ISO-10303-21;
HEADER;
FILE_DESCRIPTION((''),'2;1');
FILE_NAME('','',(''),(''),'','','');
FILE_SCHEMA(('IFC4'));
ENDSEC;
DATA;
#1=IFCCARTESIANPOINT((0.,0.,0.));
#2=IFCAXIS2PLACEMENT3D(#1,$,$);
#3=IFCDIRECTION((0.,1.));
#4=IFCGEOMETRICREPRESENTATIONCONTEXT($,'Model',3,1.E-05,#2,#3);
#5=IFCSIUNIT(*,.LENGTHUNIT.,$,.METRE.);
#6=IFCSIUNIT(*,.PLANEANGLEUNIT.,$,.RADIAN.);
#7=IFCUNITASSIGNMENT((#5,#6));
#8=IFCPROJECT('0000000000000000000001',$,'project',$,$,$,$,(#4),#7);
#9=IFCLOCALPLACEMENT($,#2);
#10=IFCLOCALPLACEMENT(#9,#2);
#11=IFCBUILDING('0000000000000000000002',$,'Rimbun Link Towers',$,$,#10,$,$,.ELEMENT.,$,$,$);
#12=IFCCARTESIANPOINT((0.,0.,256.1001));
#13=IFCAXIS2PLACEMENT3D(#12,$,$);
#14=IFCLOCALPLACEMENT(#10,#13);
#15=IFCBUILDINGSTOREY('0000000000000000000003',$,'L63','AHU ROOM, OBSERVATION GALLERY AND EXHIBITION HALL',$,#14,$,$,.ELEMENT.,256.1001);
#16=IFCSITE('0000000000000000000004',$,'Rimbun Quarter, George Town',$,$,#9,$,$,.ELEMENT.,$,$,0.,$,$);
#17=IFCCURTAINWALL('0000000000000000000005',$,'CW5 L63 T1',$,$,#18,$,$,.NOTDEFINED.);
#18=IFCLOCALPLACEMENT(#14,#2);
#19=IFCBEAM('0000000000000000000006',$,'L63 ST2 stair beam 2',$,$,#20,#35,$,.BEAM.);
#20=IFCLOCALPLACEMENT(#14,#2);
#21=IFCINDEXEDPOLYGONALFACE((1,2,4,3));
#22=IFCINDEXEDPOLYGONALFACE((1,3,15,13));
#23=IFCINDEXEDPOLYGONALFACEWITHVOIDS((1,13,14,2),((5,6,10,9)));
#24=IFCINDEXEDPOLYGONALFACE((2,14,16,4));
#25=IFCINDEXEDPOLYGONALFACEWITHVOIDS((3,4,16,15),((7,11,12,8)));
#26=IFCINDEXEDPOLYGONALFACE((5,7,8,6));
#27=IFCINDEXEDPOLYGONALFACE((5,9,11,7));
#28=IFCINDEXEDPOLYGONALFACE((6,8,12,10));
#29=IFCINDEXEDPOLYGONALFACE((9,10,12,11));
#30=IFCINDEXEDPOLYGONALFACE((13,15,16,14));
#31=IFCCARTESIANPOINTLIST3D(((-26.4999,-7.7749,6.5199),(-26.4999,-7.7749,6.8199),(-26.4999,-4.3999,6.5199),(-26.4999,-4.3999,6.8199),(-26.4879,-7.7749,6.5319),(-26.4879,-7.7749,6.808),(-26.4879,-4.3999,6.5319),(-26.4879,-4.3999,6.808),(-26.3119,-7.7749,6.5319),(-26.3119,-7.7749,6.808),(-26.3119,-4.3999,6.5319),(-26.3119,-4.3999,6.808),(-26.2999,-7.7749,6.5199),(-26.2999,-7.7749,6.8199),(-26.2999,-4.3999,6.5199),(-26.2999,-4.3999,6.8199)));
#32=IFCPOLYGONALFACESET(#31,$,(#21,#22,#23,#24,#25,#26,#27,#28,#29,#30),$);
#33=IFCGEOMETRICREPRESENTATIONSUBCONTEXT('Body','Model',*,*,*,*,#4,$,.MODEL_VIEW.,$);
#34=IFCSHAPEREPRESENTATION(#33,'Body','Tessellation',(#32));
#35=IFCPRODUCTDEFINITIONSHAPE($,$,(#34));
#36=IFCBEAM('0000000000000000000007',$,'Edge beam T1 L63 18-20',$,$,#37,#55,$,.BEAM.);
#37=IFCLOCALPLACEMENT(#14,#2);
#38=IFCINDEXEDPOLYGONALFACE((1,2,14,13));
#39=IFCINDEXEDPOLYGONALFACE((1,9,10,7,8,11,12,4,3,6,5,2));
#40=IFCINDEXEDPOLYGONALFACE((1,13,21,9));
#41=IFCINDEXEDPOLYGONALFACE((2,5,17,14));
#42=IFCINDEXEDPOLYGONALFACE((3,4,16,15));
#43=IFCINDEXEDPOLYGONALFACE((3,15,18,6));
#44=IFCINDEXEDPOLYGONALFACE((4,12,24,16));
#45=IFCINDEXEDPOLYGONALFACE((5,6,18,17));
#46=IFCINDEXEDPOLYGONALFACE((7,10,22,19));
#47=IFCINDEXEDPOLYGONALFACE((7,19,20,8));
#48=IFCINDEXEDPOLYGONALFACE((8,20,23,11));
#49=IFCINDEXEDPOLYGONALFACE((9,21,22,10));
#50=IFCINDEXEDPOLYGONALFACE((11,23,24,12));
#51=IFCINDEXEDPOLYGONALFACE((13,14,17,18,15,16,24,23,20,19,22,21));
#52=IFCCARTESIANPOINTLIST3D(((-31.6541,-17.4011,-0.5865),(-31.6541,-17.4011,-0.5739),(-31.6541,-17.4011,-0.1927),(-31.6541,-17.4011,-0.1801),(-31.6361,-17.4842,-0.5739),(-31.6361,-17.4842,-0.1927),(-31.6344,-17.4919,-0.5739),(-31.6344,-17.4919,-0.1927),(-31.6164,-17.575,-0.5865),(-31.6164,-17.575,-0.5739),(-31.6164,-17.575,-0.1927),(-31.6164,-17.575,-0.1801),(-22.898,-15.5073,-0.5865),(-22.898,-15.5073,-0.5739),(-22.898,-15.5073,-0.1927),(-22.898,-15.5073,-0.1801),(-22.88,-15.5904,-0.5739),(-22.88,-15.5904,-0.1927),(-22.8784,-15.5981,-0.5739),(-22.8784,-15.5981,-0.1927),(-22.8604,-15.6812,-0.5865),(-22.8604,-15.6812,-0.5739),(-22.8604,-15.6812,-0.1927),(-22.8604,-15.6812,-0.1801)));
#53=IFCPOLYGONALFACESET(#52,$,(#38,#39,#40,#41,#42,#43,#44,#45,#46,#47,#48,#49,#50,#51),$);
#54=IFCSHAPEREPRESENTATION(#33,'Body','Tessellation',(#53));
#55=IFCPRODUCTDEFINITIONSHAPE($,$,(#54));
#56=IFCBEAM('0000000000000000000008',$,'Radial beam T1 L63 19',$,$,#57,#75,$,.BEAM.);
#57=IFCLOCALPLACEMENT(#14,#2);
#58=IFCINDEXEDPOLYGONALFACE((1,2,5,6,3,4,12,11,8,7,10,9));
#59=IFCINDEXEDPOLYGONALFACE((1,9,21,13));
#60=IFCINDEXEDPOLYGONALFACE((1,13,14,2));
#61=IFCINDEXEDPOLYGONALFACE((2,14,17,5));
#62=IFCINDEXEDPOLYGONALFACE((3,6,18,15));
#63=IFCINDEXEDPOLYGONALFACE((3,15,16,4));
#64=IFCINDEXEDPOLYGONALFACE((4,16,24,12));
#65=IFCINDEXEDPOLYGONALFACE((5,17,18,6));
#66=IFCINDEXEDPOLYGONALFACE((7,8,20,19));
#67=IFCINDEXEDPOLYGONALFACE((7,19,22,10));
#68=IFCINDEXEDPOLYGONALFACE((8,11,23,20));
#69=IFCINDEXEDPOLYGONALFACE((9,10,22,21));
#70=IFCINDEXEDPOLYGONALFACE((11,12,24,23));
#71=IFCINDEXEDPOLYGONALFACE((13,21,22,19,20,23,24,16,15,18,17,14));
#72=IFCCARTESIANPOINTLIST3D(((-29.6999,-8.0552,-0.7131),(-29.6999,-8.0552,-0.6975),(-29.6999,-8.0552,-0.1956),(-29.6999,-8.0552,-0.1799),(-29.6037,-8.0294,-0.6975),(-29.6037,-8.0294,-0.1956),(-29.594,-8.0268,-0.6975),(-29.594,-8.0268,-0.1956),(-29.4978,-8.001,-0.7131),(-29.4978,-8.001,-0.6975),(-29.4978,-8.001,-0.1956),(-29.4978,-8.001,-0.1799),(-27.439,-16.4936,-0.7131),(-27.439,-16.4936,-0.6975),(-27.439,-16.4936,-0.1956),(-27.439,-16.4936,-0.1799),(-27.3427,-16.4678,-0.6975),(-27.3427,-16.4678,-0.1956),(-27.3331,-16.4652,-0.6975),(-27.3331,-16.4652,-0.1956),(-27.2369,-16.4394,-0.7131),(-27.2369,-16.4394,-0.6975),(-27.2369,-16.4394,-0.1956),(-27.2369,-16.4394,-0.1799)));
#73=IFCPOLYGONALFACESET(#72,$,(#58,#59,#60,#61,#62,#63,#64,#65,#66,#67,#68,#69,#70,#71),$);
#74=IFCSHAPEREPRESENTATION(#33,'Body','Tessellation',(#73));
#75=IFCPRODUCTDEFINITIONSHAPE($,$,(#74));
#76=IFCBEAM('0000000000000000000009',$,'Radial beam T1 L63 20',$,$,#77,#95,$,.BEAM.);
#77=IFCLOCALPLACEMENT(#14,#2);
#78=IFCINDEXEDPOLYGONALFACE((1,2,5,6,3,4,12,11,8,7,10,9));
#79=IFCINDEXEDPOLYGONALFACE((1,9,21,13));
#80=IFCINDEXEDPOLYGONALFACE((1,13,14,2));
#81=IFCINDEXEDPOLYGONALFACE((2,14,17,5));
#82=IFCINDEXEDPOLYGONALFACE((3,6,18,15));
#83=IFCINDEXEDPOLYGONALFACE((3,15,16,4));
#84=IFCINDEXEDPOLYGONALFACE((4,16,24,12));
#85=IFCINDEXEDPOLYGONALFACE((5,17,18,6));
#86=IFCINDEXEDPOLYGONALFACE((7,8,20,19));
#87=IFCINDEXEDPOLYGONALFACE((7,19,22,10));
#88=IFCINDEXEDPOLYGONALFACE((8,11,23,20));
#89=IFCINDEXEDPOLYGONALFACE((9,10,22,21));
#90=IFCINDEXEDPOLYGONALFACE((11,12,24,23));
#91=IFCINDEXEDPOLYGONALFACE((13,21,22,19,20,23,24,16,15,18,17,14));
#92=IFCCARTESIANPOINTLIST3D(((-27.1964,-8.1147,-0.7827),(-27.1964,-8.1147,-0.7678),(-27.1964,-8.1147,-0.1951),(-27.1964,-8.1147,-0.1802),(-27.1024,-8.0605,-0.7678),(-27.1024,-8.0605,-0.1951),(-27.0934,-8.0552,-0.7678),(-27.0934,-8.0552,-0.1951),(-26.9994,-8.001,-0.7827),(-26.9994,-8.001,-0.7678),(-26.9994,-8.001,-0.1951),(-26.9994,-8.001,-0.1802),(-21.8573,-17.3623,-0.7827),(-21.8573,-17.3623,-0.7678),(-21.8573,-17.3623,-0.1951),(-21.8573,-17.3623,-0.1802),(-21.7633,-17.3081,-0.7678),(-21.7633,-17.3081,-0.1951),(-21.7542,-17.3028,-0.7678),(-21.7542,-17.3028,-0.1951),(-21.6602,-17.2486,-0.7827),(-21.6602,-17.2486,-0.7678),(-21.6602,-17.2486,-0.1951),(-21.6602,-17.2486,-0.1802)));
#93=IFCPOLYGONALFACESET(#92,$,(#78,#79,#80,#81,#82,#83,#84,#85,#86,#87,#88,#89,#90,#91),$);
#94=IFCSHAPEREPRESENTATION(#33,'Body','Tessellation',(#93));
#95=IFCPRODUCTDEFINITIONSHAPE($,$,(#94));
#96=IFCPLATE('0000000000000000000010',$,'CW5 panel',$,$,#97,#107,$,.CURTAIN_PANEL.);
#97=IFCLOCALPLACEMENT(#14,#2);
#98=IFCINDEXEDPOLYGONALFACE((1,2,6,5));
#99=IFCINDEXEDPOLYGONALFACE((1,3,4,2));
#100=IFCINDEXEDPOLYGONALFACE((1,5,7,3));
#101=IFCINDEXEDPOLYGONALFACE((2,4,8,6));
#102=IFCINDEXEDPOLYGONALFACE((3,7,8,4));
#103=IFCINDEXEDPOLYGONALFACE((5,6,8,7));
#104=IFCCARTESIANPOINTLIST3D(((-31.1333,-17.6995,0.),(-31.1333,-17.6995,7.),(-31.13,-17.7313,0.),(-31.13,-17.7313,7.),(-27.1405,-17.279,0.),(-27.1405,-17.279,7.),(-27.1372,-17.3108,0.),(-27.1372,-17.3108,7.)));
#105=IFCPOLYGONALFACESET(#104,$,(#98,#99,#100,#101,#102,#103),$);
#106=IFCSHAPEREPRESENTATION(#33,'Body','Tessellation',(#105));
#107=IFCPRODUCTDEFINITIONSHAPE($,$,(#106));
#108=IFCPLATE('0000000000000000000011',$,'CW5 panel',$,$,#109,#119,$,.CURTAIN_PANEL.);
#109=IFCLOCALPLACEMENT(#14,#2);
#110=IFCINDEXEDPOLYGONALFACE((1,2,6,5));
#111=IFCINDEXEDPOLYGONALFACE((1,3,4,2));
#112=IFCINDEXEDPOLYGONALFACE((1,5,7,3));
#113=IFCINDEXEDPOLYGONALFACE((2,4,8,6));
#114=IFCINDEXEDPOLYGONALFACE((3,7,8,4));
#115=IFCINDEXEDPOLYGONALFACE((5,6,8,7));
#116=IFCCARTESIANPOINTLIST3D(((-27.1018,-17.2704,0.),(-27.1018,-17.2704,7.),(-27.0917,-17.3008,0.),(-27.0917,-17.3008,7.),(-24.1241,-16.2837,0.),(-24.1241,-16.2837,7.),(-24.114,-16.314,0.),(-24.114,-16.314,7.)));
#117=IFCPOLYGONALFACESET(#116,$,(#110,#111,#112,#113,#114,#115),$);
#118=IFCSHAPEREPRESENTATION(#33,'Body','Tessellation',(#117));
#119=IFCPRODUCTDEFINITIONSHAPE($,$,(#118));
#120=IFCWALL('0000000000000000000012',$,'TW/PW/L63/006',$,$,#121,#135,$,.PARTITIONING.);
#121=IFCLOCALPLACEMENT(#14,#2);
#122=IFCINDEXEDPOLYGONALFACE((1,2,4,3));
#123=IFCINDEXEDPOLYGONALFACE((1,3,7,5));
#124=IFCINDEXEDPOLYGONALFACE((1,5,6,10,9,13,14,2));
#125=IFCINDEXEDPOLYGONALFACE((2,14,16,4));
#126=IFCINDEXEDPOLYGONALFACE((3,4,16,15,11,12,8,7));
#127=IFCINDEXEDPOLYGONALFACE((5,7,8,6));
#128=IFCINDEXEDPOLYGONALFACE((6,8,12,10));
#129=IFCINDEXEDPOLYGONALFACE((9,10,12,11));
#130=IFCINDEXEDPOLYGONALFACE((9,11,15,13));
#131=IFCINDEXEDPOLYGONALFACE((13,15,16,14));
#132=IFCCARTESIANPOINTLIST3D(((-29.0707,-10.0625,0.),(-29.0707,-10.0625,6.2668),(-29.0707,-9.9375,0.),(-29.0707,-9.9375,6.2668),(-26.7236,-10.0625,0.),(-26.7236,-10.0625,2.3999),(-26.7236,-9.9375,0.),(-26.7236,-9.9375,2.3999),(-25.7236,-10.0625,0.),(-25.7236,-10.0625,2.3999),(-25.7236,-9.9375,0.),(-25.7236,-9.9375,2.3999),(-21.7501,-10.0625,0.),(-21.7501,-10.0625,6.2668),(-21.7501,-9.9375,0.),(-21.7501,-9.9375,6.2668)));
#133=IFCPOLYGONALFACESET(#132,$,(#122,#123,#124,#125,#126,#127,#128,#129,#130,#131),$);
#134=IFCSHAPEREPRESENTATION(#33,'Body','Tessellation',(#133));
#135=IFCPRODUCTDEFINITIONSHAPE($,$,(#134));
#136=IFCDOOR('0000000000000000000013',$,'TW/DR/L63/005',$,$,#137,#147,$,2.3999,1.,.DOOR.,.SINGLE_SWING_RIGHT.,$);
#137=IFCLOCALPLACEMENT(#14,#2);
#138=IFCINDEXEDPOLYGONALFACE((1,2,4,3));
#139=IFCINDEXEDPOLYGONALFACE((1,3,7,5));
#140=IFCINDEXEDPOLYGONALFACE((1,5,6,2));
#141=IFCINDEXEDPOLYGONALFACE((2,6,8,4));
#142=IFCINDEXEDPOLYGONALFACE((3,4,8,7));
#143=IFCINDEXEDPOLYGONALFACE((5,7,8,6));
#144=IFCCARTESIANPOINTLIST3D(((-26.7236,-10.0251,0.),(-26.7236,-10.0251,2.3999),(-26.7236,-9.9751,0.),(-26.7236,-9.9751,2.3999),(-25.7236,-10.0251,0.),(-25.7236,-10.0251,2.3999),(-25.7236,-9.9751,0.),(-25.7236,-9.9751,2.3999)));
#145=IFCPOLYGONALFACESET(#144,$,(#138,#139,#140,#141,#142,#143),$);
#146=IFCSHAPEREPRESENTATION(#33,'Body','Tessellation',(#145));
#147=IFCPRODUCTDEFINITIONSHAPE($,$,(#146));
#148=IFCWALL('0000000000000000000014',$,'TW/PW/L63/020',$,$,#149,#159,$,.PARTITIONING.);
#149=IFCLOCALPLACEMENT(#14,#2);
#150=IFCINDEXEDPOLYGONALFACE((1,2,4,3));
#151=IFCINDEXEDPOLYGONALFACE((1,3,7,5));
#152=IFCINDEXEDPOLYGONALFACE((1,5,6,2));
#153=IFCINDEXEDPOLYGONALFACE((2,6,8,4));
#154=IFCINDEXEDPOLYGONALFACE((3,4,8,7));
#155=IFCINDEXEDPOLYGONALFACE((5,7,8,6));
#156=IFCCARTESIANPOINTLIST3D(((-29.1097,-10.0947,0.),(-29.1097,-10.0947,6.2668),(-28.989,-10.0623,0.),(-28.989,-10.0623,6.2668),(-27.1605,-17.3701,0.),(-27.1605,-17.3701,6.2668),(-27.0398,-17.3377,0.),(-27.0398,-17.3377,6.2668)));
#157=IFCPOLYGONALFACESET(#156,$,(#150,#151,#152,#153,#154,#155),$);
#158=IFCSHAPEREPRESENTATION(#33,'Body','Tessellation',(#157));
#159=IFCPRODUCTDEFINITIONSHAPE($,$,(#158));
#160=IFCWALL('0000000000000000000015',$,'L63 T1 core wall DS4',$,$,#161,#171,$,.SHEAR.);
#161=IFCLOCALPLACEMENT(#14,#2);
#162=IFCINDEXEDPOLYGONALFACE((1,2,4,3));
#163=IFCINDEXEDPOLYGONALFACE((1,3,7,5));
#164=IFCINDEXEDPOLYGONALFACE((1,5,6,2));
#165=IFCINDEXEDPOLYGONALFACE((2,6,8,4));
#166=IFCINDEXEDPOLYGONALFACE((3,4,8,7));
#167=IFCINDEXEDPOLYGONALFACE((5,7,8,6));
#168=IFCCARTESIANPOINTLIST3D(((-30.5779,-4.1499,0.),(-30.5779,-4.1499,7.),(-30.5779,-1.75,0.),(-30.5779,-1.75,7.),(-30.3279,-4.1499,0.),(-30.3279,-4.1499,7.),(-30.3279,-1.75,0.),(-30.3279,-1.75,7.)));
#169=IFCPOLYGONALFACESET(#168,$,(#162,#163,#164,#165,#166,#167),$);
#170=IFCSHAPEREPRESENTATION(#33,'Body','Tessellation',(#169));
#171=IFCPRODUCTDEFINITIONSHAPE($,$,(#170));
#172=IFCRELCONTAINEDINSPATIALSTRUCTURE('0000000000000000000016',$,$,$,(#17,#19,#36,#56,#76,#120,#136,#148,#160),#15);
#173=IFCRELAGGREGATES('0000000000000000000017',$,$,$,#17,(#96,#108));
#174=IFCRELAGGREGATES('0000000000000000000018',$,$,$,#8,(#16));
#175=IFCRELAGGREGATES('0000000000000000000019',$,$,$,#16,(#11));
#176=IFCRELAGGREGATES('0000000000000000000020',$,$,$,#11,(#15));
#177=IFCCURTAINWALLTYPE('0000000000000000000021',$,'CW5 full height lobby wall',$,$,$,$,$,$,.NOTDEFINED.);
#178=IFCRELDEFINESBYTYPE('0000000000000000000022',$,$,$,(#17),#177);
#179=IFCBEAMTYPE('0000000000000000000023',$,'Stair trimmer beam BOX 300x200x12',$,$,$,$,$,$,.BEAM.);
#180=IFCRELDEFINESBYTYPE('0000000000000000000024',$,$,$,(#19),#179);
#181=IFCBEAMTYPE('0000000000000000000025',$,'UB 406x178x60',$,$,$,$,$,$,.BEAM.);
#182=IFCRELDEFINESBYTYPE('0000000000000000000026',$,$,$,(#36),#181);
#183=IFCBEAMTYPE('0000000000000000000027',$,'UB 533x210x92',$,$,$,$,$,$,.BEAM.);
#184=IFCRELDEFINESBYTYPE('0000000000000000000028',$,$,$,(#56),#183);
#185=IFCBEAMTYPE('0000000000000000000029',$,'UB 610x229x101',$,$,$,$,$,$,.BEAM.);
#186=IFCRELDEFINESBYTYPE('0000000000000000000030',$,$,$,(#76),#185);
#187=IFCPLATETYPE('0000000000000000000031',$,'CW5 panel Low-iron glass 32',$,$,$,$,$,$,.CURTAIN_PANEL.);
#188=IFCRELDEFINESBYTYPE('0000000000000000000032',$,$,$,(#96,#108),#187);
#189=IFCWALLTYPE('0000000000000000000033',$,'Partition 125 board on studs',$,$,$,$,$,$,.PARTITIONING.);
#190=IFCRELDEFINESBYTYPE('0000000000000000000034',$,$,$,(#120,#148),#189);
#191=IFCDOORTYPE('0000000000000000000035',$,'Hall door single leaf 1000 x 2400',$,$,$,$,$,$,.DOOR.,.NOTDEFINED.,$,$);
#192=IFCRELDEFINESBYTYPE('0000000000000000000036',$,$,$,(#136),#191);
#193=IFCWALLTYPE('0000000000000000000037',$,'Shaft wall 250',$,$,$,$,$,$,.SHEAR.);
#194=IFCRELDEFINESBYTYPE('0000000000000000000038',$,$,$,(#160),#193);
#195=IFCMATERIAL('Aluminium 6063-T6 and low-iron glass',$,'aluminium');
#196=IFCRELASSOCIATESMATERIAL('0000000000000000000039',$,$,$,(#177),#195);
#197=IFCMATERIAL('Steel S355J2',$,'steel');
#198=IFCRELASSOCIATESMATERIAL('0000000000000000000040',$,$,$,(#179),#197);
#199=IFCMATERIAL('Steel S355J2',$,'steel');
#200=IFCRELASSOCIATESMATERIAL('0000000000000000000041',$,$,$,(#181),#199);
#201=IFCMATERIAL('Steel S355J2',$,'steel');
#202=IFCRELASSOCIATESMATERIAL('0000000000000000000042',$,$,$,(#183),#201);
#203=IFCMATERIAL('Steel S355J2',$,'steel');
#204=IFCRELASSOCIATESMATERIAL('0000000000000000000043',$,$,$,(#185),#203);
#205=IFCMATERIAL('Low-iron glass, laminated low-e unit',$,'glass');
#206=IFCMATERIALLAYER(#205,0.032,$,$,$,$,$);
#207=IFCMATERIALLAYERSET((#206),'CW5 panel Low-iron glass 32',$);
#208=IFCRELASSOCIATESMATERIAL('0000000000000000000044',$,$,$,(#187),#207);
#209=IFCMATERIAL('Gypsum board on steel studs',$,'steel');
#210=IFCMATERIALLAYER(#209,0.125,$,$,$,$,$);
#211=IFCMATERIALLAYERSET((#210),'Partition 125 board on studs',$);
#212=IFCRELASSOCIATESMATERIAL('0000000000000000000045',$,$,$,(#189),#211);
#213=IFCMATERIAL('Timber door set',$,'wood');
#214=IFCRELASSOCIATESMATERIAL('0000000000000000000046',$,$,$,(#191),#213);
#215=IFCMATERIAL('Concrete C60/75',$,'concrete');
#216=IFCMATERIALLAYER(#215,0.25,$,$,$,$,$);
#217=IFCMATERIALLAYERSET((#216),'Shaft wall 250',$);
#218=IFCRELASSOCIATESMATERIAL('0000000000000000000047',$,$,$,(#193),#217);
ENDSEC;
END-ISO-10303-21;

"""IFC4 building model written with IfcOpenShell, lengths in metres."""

from ifc_helpers import new_model, si_unit, direction, frame, frame_2d, origin, origin_2d, place, context, subcontext, project, spatial, rectangle, hollow_rectangle, i_section, extrude, material, layer, layer_set, material_profile, profile_set, type_object, element, fill, aggregate, save


model = new_model("IFC4")

# Units and contexts
model_context = context("Model", 3, precision=1e-05, world=origin(), true_north=direction((0.0, 1.0)))
body_context = subcontext(model_context, "Body", "Model", "MODEL_VIEW")
ifc_project = project(units=[si_unit("LENGTHUNIT", "METRE"), si_unit("PLANEANGLEUNIT", "RADIAN")], contexts=[model_context])

# Site, building, storey
site_placement = place(None, origin())
site = spatial("IfcSite", under=ifc_project, at=site_placement, Name="Rimbun Quarter, George Town", CompositionType="ELEMENT", RefElevation=0.0)
building_placement = place(site_placement, origin())
building = spatial("IfcBuilding", under=site, at=building_placement, Name="Rimbun Link Towers", CompositionType="ELEMENT")
storey_placement = place(building_placement, frame((0.0, 0.0, 256.1001)))
storey = spatial("IfcBuildingStorey", under=building, at=storey_placement, Name="L63", Description="AHU ROOM, OBSERVATION GALLERY AND EXHIBITION HALL", CompositionType="ELEMENT", Elevation=256.1001)

# Curtain wall
ifc_material_1 = material(Name="Aluminium 6063-T6 and low-iron glass", Category="aluminium")
curtain_wall_type = type_object("IfcCurtainWallType", Name="CW5 full height lobby wall", PredefinedType="NOTDEFINED", material=ifc_material_1)
curtain_wall_placement = place(storey_placement, origin())
curtain_wall = element("IfcCurtainWall", 1, at=curtain_wall_placement, inside=storey, type_object=curtain_wall_type, Name="CW5 L63 T1", PredefinedType="NOTDEFINED")

# Beams
ifc_material_2 = material(Name="Steel S355J2", Category="steel")
ifc_material_profile_1 = material_profile(ifc_material_2, hollow_rectangle(XDim=0.2, YDim=0.3, WallThickness=0.012, at=origin_2d()), Name="BOX 300x200x12")
ifc_profile_set_1 = profile_set([ifc_material_profile_1], Name="Steel S355J2")
beam_type_1 = type_object("IfcBeamType", Name="Stair trimmer beam BOX 300x200x12", PredefinedType="BEAM", material=ifc_profile_set_1)
beam_1_placement = place(storey_placement, frame((-26.3999, -7.7749, 6.6699), z_axis=(0.0, 1.0, 0.0), x_axis=(-1.0, 0.0, 0.0)))
element("IfcBeam", 2, at=beam_1_placement, inside=storey, type_object=beam_type_1, Name="L63 ST2 stair beam 2", PredefinedType="BEAM", context=body_context, shape_type="SweptSolid", body=[
    extrude(hollow_rectangle(XDim=0.2, YDim=0.3, WallThickness=0.012, at=origin_2d()), origin(), (0.0, 0.0, 1.0), 3.375),
])
ifc_material_3 = material(Name="Steel S355J2", Category="steel")
ifc_material_profile_2 = material_profile(ifc_material_3, i_section(OverallWidth=0.178, OverallDepth=0.4065, WebThickness=0.0078, FlangeThickness=0.0127, at=origin_2d()), Name="UB 406x178x60")
ifc_profile_set_2 = profile_set([ifc_material_profile_2], Name="Steel S355J2")
beam_type_2 = type_object("IfcBeamType", Name="UB 406x178x60", PredefinedType="BEAM", material=ifc_profile_set_2)
beam_2_placement = place(storey_placement, frame((-31.6353, -17.488, -0.3833), z_axis=(0.977401, 0.211395, 0.0), x_axis=(-0.211395, 0.977401, 0.0)))
element("IfcBeam", 3, at=beam_2_placement, inside=storey, type_object=beam_type_2, Name="Edge beam T1 L63 18-20", PredefinedType="BEAM", context=body_context, shape_type="SweptSolid", body=[
    extrude(i_section(OverallWidth=0.178, OverallDepth=0.4065, WebThickness=0.0078, FlangeThickness=0.0127, at=origin_2d()), origin(), (0.0, 0.0, 1.0), 8.9585),
])
ifc_material_4 = material(Name="Steel S355J2", Category="steel")
ifc_material_profile_3 = material_profile(ifc_material_4, i_section(OverallWidth=0.2092, OverallDepth=0.5332, WebThickness=0.01, FlangeThickness=0.0156, at=origin_2d()), Name="UB 533x210x92")
ifc_profile_set_3 = profile_set([ifc_material_profile_3], Name="Steel S355J2")
beam_type_3 = type_object("IfcBeamType", Name="UB 533x210x92", PredefinedType="BEAM", material=ifc_profile_set_3)
beam_3_placement = place(storey_placement, frame((-29.5989, -8.0281, -0.4465), z_axis=(0.258809, -0.965929, 0.0), x_axis=(0.965929, 0.258809, 0.0)))
element("IfcBeam", 4, at=beam_3_placement, inside=storey, type_object=beam_type_3, Name="Radial beam T1 L63 19", PredefinedType="BEAM", context=body_context, shape_type="SweptSolid", body=[
    extrude(i_section(OverallWidth=0.2092, OverallDepth=0.5332, WebThickness=0.01, FlangeThickness=0.0156, at=origin_2d()), origin(), (0.0, 0.0, 1.0), 8.7361),
])
ifc_material_5 = material(Name="Steel S355J2", Category="steel")
ifc_material_profile_4 = material_profile(ifc_material_5, i_section(OverallWidth=0.2275, OverallDepth=0.6025, WebThickness=0.0105, FlangeThickness=0.0149, at=origin_2d()), Name="UB 610x229x101")
ifc_profile_set_4 = profile_set([ifc_material_profile_4], Name="Steel S355J2")
beam_type_4 = type_object("IfcBeamType", Name="UB 610x229x101", PredefinedType="BEAM", material=ifc_profile_set_4)
beam_4_placement = place(storey_placement, frame((-27.0979, -8.0579, -0.4814), z_axis=(0.500002, -0.866024, 0.0), x_axis=(0.866024, 0.500002, 0.0)))
element("IfcBeam", 5, at=beam_4_placement, inside=storey, type_object=beam_type_4, Name="Radial beam T1 L63 20", PredefinedType="BEAM", context=body_context, shape_type="SweptSolid", body=[
    extrude(i_section(OverallWidth=0.2275, OverallDepth=0.6025, WebThickness=0.0105, FlangeThickness=0.0149, at=origin_2d()), origin(), (0.0, 0.0, 1.0), 10.6782),
])

# Plates
ifc_material_6 = material(Name="Low-iron glass, laminated low-e unit", Category="glass")
ifc_layer_1 = layer(ifc_material_6, 0.032)
ifc_layer_set_1 = layer_set([ifc_layer_1], Name="CW5 panel Low-iron glass 32")
plate_type = type_object("IfcPlateType", Name="CW5 panel Low-iron glass 32", PredefinedType="CURTAIN_PANEL", material=ifc_layer_set_1)
plate_1_placement = place(storey_placement, frame((-29.1353, -17.5051, 0.0), z_axis=(0.0, 0.0, 1.0), x_axis=(-0.994501, -0.104728, 0.0)))
plate_1 = element("IfcPlate", 6, at=plate_1_placement, type_object=plate_type, Name="CW5 panel", PredefinedType="CURTAIN_PANEL", context=body_context, shape_type="SweptSolid", body=[
    extrude(rectangle(XDim=4.0149, YDim=0.032, at=origin_2d()), origin(), (0.0, 0.0, 1.0), 7.0),
])
plate_2_placement = place(storey_placement, frame((-25.6079, -16.7922, 0.0), z_axis=(0.0, 0.0, 1.0), x_axis=(-0.949238, -0.314558, 0.0)))
plate_2 = element("IfcPlate", 7, at=plate_2_placement, type_object=plate_type, Name="CW5 panel", PredefinedType="CURTAIN_PANEL", context=body_context, shape_type="SweptSolid", body=[
    extrude(rectangle(XDim=3.137, YDim=0.032, at=origin_2d()), origin(), (0.0, 0.0, 1.0), 7.0),
])
aggregate(curtain_wall, [plate_1, plate_2])

# Wall, opening, door
ifc_material_7 = material(Name="Gypsum board on steel studs", Category="steel")
ifc_layer_2 = layer(ifc_material_7, 0.125)
ifc_layer_set_2 = layer_set([ifc_layer_2], Name="Partition 125 board on studs")
wall_type_1 = type_object("IfcWallType", Name="Partition 125 board on studs", PredefinedType="PARTITIONING", material=ifc_layer_set_2)
wall_1_placement = place(storey_placement, frame((-29.0706, -10.0, 0.0), z_axis=(0.0, 0.0, 1.0), x_axis=(1.0, 0.0, 0.0)))
wall_1 = element("IfcWall", 8, at=wall_1_placement, inside=storey, type_object=wall_type_1, Name="TW/PW/L63/006", PredefinedType="PARTITIONING", context=body_context, shape_type="SweptSolid", body=[
    extrude(rectangle(XDim=7.3206, YDim=0.125, at=frame_2d((3.6602, 0.0))), origin(), (0.0, 0.0, 1.0), 6.2668),
])
opening_1_placement = place(wall_1_placement, frame((2.3469, 0.0, 0.0)))
opening_1 = element("IfcOpeningElement", 9, at=opening_1_placement, cuts=wall_1, PredefinedType="OPENING", context=body_context, shape_type="SweptSolid", body=[
    extrude(rectangle(XDim=1.0, YDim=2.3999, at=frame_2d((0.5, 1.2))), frame((0.0, 0.0725, 0.0), z_axis=(0.0, -1.0, 0.0), x_axis=(1.0, 0.0, 0.0)), (0.0, 0.0, 1.0), 0.145),
])
ifc_material_8 = material(Name="Timber door set", Category="wood")
door_type_1 = type_object("IfcDoorType", Name="Hall door single leaf 1000 x 2400", OperationType="NOTDEFINED", PredefinedType="DOOR", material=ifc_material_8)
door_1_placement = place(opening_1_placement, origin())
door_1 = element("IfcDoor", 10, at=door_1_placement, inside=storey, type_object=door_type_1, Name="TW/DR/L63/005", OperationType="SINGLE_SWING_RIGHT", OverallHeight=2.3999, OverallWidth=1.0, PredefinedType="DOOR", context=body_context, shape_type="SweptSolid", body=[
    extrude(rectangle(XDim=1.0, YDim=2.3999, at=frame_2d((0.5, 1.2))), frame((0.0, 0.0249, 0.0), z_axis=(0.0, -1.0, 0.0), x_axis=(1.0, 0.0, 0.0)), (0.0, 0.0, 1.0), 0.05),
])
fill(opening_1, door_1)

# Walls
wall_2_placement = place(storey_placement, frame((-27.1001, -17.354, 0.0), z_axis=(0.0, 0.0, 1.0), x_axis=(-0.258792, 0.965933, 0.0)))
element("IfcWall", 11, at=wall_2_placement, inside=storey, type_object=wall_type_1, Name="TW/PW/L63/020", PredefinedType="PARTITIONING", context=body_context, shape_type="SweptSolid", body=[
    extrude(rectangle(XDim=7.532, YDim=0.125, at=frame_2d((3.7661, 0.0))), origin(), (0.0, 0.0, 1.0), 6.2668),
])
ifc_material_9 = material(Name="Concrete C60/75", Category="concrete")
ifc_layer_3 = layer(ifc_material_9, 0.25)
ifc_layer_set_3 = layer_set([ifc_layer_3], Name="Shaft wall 250")
wall_type_2 = type_object("IfcWallType", Name="Shaft wall 250", PredefinedType="SHEAR", material=ifc_layer_set_3)
for number, where, z_axis, x_axis, name in (
    (12, (-30.4529, -4.1499, 0.0), (0.0, 0.0, 1.0), (0.0, 1.0, 0.0), "L63 T1 core wall DS4"),
):
    element("IfcWall", number, at=place(storey_placement, frame(where, z_axis=z_axis, x_axis=x_axis)), inside=storey, type_object=wall_type_2, Name=name, PredefinedType="SHEAR", context=body_context, shape_type="SweptSolid", body=[
        extrude(rectangle(XDim=2.3999, YDim=0.25, at=frame_2d((1.2, 0.0))), origin(), (0.0, 0.0, 1.0), 7.0),
    ])

save(model, "model.ifc")
